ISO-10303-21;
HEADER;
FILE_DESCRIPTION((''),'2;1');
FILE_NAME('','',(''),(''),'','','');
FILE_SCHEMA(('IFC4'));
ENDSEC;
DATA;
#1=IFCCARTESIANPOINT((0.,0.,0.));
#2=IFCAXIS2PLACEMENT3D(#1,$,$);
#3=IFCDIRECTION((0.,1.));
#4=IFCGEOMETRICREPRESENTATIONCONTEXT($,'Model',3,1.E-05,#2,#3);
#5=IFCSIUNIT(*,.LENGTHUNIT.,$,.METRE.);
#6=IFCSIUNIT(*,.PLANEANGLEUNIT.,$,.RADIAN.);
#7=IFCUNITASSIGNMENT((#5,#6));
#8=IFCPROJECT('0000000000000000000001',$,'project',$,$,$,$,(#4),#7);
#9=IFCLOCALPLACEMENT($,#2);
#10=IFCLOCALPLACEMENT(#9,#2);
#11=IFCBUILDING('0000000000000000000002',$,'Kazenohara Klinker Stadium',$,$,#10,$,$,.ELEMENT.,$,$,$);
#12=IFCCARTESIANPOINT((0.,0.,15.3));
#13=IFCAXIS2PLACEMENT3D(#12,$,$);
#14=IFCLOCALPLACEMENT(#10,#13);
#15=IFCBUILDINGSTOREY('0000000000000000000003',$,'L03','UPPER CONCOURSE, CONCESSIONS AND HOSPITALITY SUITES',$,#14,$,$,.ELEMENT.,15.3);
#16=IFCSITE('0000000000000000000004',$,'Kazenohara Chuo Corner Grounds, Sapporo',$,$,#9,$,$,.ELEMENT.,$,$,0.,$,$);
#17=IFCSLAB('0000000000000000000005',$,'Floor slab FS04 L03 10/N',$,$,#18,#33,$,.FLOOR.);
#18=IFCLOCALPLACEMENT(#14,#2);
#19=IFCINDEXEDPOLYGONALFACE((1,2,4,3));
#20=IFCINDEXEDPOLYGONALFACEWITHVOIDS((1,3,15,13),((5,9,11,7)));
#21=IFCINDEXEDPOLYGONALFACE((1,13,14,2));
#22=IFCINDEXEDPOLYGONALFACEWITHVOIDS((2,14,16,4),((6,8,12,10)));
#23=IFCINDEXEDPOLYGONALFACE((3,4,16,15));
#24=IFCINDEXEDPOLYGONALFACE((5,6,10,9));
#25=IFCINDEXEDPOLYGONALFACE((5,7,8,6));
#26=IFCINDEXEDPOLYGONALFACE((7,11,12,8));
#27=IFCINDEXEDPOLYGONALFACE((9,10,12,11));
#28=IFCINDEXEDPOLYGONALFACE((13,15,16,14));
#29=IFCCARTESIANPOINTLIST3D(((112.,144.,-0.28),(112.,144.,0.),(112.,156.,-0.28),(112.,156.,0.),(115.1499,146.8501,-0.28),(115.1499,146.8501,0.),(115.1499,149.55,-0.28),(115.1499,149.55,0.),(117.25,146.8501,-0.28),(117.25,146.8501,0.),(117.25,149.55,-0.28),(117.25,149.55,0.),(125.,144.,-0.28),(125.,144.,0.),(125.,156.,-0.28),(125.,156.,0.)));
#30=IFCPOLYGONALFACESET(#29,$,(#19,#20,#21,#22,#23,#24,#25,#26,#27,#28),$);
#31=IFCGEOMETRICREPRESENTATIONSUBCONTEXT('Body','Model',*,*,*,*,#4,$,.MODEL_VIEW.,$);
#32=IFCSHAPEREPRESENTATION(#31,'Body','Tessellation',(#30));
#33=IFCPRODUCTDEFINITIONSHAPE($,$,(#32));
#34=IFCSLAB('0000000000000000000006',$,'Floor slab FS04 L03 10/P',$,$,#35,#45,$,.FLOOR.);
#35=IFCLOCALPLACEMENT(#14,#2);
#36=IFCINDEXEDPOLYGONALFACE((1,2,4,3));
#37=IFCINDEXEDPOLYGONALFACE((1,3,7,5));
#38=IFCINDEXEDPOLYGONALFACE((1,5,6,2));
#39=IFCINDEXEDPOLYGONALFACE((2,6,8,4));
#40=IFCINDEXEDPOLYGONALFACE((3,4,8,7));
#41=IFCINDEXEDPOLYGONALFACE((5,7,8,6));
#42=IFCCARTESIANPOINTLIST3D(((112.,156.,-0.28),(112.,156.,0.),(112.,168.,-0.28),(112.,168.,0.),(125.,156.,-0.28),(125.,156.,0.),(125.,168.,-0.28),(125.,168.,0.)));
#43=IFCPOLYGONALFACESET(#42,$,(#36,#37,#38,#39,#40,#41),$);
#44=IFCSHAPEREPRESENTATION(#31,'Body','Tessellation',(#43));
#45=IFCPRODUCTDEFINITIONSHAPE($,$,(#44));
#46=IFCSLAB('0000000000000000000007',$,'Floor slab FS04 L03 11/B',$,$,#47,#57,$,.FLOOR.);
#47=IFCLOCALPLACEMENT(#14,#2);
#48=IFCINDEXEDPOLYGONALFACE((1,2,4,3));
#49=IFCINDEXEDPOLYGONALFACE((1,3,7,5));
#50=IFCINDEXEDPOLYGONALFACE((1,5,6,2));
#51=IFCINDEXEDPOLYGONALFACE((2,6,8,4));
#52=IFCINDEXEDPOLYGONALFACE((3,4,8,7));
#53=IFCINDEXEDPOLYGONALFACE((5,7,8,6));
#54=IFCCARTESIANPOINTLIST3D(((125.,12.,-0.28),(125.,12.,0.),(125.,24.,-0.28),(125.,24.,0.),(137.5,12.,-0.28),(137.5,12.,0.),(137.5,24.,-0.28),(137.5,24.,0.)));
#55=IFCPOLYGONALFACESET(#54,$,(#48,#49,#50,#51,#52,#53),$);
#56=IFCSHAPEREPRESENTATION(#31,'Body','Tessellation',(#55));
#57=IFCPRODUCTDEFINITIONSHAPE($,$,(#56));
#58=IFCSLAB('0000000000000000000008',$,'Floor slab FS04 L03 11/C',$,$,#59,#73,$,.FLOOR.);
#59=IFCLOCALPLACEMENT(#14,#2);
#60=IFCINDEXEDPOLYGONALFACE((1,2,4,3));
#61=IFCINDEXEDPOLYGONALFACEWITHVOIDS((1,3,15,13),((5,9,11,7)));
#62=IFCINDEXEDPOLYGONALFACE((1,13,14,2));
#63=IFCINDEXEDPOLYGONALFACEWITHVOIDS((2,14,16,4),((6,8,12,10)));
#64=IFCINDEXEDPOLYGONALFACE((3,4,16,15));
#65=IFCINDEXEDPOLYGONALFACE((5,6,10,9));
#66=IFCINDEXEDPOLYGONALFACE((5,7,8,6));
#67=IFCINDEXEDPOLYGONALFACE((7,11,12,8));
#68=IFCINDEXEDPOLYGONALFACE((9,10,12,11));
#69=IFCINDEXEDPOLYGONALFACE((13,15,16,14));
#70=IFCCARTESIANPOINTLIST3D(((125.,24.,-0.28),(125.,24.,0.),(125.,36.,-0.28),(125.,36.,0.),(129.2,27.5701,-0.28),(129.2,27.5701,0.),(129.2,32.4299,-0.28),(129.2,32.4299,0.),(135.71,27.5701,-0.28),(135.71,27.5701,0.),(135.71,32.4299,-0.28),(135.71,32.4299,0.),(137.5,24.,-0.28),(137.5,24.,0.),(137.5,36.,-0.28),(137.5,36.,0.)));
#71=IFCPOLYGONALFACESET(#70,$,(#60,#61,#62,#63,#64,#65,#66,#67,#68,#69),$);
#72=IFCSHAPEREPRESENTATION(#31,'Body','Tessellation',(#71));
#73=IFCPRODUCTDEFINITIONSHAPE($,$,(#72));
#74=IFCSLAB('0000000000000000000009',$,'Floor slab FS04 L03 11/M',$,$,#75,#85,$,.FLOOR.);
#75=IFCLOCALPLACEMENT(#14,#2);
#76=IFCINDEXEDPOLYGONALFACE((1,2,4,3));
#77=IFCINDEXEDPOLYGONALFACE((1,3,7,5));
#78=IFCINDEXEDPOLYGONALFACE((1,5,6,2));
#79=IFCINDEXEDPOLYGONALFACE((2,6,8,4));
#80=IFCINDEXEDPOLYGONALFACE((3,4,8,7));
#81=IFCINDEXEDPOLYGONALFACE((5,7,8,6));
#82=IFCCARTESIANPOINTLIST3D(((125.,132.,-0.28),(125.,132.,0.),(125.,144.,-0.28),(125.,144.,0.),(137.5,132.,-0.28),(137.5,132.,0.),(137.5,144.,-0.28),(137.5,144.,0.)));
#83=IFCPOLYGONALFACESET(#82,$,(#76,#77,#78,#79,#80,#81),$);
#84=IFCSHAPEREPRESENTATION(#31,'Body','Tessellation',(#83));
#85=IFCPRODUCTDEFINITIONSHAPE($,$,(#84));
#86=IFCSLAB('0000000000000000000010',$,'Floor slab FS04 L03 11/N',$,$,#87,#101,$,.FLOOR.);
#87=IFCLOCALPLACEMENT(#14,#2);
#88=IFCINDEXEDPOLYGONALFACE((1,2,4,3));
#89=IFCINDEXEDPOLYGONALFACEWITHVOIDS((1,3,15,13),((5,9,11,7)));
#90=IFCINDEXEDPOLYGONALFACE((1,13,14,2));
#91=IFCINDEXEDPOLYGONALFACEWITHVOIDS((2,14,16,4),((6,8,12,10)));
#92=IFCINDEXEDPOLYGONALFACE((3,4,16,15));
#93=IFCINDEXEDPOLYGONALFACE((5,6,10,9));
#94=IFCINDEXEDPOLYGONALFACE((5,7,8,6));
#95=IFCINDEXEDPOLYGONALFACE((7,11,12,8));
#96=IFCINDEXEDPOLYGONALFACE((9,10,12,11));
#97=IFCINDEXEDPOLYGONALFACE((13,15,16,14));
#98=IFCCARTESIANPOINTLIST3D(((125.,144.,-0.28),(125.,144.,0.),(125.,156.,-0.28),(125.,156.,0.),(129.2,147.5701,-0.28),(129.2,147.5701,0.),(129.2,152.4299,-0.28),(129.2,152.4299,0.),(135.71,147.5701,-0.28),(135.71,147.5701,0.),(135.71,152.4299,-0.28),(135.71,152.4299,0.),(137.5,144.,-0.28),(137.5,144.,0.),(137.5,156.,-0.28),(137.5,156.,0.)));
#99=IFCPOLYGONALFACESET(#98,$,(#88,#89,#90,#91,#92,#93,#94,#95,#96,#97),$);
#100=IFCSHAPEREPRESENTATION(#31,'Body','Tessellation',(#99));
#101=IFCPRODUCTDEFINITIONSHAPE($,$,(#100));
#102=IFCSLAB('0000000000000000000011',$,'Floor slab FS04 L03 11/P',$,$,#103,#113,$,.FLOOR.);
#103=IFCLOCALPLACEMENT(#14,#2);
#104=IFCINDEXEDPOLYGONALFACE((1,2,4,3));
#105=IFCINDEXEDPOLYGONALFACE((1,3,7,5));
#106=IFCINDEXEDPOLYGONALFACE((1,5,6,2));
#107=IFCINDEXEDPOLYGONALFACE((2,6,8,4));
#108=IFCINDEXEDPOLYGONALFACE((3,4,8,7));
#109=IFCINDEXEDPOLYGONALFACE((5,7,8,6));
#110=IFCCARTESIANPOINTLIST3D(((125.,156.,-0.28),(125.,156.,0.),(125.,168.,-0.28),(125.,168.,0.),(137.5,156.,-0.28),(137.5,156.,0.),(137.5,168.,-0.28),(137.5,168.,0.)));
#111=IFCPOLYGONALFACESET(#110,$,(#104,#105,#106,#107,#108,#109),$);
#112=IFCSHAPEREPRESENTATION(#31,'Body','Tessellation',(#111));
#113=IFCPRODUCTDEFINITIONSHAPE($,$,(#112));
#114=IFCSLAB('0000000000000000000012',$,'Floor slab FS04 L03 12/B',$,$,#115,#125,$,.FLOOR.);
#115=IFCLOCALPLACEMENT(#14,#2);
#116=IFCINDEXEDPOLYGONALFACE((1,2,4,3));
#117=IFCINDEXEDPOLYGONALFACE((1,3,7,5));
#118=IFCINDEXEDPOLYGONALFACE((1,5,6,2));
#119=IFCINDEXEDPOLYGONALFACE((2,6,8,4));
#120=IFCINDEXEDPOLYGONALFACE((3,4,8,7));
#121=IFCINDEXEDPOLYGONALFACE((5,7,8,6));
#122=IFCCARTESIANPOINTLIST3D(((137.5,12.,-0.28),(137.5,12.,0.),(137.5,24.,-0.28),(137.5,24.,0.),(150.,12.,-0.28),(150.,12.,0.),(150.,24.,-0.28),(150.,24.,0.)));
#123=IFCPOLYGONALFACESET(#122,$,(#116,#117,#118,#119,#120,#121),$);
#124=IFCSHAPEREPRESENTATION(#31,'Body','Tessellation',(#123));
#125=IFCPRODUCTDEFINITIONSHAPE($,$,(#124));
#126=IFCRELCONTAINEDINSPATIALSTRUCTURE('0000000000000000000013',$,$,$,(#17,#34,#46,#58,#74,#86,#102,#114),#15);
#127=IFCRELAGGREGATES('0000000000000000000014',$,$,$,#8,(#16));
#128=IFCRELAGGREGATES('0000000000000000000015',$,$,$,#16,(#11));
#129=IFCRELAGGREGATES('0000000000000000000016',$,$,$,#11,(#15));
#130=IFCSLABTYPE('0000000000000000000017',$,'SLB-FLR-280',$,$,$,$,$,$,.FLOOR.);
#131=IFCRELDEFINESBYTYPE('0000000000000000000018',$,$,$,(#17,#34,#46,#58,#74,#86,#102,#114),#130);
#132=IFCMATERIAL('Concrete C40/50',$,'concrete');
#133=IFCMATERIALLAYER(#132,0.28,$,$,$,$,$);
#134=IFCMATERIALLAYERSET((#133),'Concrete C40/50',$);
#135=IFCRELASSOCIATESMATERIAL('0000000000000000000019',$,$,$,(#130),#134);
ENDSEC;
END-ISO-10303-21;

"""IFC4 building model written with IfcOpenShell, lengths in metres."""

from ifc_helpers import new_model, si_unit, direction, frame, origin, place, context, subcontext, project, spatial, polyline, outline, extrude, material, layer, layer_set, type_object, element, save


model = new_model("IFC4")

# Units and contexts
model_context = context("Model", 3, precision=1e-05, world=origin(), true_north=direction((0.0, 1.0)))
body_context = subcontext(model_context, "Body", "Model", "MODEL_VIEW")
ifc_project = project(units=[si_unit("LENGTHUNIT", "METRE"), si_unit("PLANEANGLEUNIT", "RADIAN")], contexts=[model_context])

# Site, building, storey
site_placement = place(None, origin())
site = spatial("IfcSite", under=ifc_project, at=site_placement, Name="Kazenohara Chuo Corner Grounds, Sapporo", CompositionType="ELEMENT", RefElevation=0.0)
building_placement = place(site_placement, origin())
building = spatial("IfcBuilding", under=site, at=building_placement, Name="Kazenohara Klinker Stadium", CompositionType="ELEMENT")
storey_placement = place(building_placement, frame((0.0, 0.0, 15.3)))
storey = spatial("IfcBuildingStorey", under=building, at=storey_placement, Name="L03", Description="UPPER CONCOURSE, CONCESSIONS AND HOSPITALITY SUITES", CompositionType="ELEMENT", Elevation=15.3)

# Slabs
ifc_material = material(Name="Concrete C40/50", Category="concrete")
ifc_layer = layer(ifc_material, 0.28)
ifc_layer_set = layer_set([ifc_layer], Name="Concrete C40/50")
slab_type = type_object("IfcSlabType", Name="SLB-FLR-280", PredefinedType="FLOOR", material=ifc_layer_set)
slab_1_placement = place(storey_placement, frame((0.0, 0.0, -0.28)))
element("IfcSlab", 1, at=slab_1_placement, inside=storey, type_object=slab_type, Name="Floor slab FS04 L03 10/N", PredefinedType="FLOOR", context=body_context, shape_type="SweptSolid", body=[
    extrude(outline(polyline([(112.0, 144.0), (125.0, 144.0), (125.0, 156.0), (112.0, 156.0), (112.0, 144.0)]), holes=[polyline([(115.1499, 146.8501), (117.25, 146.8501), (117.25, 149.55), (115.1499, 149.55), (115.1499, 146.8501)])]), origin(), (0.0, 0.0, 1.0), 0.28),
])
slab_2_placement = place(storey_placement, frame((0.0, 0.0, -0.28)))
element("IfcSlab", 2, at=slab_2_placement, inside=storey, type_object=slab_type, Name="Floor slab FS04 L03 10/P", PredefinedType="FLOOR", context=body_context, shape_type="SweptSolid", body=[
    extrude(outline(polyline([(112.0, 156.0), (125.0, 156.0), (125.0, 168.0), (112.0, 168.0), (112.0, 156.0)])), origin(), (0.0, 0.0, 1.0), 0.28),
])
slab_3_placement = place(storey_placement, frame((0.0, 0.0, -0.28)))
element("IfcSlab", 3, at=slab_3_placement, inside=storey, type_object=slab_type, Name="Floor slab FS04 L03 11/B", PredefinedType="FLOOR", context=body_context, shape_type="SweptSolid", body=[
    extrude(outline(polyline([(125.0, 12.0), (137.5, 12.0), (137.5, 24.0), (125.0, 24.0), (125.0, 12.0)])), origin(), (0.0, 0.0, 1.0), 0.28),
])
slab_4_placement = place(storey_placement, frame((0.0, 0.0, -0.28)))
element("IfcSlab", 4, at=slab_4_placement, inside=storey, type_object=slab_type, Name="Floor slab FS04 L03 11/C", PredefinedType="FLOOR", context=body_context, shape_type="SweptSolid", body=[
    extrude(outline(polyline([(125.0, 24.0), (137.5, 24.0), (137.5, 36.0), (125.0, 36.0), (125.0, 24.0)]), holes=[polyline([(129.2, 27.5701), (135.71, 27.5701), (135.71, 32.4299), (129.2, 32.4299), (129.2, 27.5701)])]), origin(), (0.0, 0.0, 1.0), 0.28),
])
slab_5_placement = place(storey_placement, frame((0.0, 0.0, -0.28)))
element("IfcSlab", 5, at=slab_5_placement, inside=storey, type_object=slab_type, Name="Floor slab FS04 L03 11/M", PredefinedType="FLOOR", context=body_context, shape_type="SweptSolid", body=[
    extrude(outline(polyline([(125.0, 132.0), (137.5, 132.0), (137.5, 144.0), (125.0, 144.0), (125.0, 132.0)])), origin(), (0.0, 0.0, 1.0), 0.28),
])
slab_6_placement = place(storey_placement, frame((0.0, 0.0, -0.28)))
element("IfcSlab", 6, at=slab_6_placement, inside=storey, type_object=slab_type, Name="Floor slab FS04 L03 11/N", PredefinedType="FLOOR", context=body_context, shape_type="SweptSolid", body=[
    extrude(outline(polyline([(125.0, 144.0), (137.5, 144.0), (137.5, 156.0), (125.0, 156.0), (125.0, 144.0)]), holes=[polyline([(129.2, 147.5701), (135.71, 147.5701), (135.71, 152.4299), (129.2, 152.4299), (129.2, 147.5701)])]), origin(), (0.0, 0.0, 1.0), 0.28),
])
slab_7_placement = place(storey_placement, frame((0.0, 0.0, -0.28)))
element("IfcSlab", 7, at=slab_7_placement, inside=storey, type_object=slab_type, Name="Floor slab FS04 L03 11/P", PredefinedType="FLOOR", context=body_context, shape_type="SweptSolid", body=[
    extrude(outline(polyline([(125.0, 156.0), (137.5, 156.0), (137.5, 168.0), (125.0, 168.0), (125.0, 156.0)])), origin(), (0.0, 0.0, 1.0), 0.28),
])
slab_8_placement = place(storey_placement, frame((0.0, 0.0, -0.28)))
element("IfcSlab", 8, at=slab_8_placement, inside=storey, type_object=slab_type, Name="Floor slab FS04 L03 12/B", PredefinedType="FLOOR", context=body_context, shape_type="SweptSolid", body=[
    extrude(outline(polyline([(137.5, 12.0), (150.0, 12.0), (150.0, 24.0), (137.5, 24.0), (137.5, 12.0)])), origin(), (0.0, 0.0, 1.0), 0.28),
])

save(model, "model.ifc")
